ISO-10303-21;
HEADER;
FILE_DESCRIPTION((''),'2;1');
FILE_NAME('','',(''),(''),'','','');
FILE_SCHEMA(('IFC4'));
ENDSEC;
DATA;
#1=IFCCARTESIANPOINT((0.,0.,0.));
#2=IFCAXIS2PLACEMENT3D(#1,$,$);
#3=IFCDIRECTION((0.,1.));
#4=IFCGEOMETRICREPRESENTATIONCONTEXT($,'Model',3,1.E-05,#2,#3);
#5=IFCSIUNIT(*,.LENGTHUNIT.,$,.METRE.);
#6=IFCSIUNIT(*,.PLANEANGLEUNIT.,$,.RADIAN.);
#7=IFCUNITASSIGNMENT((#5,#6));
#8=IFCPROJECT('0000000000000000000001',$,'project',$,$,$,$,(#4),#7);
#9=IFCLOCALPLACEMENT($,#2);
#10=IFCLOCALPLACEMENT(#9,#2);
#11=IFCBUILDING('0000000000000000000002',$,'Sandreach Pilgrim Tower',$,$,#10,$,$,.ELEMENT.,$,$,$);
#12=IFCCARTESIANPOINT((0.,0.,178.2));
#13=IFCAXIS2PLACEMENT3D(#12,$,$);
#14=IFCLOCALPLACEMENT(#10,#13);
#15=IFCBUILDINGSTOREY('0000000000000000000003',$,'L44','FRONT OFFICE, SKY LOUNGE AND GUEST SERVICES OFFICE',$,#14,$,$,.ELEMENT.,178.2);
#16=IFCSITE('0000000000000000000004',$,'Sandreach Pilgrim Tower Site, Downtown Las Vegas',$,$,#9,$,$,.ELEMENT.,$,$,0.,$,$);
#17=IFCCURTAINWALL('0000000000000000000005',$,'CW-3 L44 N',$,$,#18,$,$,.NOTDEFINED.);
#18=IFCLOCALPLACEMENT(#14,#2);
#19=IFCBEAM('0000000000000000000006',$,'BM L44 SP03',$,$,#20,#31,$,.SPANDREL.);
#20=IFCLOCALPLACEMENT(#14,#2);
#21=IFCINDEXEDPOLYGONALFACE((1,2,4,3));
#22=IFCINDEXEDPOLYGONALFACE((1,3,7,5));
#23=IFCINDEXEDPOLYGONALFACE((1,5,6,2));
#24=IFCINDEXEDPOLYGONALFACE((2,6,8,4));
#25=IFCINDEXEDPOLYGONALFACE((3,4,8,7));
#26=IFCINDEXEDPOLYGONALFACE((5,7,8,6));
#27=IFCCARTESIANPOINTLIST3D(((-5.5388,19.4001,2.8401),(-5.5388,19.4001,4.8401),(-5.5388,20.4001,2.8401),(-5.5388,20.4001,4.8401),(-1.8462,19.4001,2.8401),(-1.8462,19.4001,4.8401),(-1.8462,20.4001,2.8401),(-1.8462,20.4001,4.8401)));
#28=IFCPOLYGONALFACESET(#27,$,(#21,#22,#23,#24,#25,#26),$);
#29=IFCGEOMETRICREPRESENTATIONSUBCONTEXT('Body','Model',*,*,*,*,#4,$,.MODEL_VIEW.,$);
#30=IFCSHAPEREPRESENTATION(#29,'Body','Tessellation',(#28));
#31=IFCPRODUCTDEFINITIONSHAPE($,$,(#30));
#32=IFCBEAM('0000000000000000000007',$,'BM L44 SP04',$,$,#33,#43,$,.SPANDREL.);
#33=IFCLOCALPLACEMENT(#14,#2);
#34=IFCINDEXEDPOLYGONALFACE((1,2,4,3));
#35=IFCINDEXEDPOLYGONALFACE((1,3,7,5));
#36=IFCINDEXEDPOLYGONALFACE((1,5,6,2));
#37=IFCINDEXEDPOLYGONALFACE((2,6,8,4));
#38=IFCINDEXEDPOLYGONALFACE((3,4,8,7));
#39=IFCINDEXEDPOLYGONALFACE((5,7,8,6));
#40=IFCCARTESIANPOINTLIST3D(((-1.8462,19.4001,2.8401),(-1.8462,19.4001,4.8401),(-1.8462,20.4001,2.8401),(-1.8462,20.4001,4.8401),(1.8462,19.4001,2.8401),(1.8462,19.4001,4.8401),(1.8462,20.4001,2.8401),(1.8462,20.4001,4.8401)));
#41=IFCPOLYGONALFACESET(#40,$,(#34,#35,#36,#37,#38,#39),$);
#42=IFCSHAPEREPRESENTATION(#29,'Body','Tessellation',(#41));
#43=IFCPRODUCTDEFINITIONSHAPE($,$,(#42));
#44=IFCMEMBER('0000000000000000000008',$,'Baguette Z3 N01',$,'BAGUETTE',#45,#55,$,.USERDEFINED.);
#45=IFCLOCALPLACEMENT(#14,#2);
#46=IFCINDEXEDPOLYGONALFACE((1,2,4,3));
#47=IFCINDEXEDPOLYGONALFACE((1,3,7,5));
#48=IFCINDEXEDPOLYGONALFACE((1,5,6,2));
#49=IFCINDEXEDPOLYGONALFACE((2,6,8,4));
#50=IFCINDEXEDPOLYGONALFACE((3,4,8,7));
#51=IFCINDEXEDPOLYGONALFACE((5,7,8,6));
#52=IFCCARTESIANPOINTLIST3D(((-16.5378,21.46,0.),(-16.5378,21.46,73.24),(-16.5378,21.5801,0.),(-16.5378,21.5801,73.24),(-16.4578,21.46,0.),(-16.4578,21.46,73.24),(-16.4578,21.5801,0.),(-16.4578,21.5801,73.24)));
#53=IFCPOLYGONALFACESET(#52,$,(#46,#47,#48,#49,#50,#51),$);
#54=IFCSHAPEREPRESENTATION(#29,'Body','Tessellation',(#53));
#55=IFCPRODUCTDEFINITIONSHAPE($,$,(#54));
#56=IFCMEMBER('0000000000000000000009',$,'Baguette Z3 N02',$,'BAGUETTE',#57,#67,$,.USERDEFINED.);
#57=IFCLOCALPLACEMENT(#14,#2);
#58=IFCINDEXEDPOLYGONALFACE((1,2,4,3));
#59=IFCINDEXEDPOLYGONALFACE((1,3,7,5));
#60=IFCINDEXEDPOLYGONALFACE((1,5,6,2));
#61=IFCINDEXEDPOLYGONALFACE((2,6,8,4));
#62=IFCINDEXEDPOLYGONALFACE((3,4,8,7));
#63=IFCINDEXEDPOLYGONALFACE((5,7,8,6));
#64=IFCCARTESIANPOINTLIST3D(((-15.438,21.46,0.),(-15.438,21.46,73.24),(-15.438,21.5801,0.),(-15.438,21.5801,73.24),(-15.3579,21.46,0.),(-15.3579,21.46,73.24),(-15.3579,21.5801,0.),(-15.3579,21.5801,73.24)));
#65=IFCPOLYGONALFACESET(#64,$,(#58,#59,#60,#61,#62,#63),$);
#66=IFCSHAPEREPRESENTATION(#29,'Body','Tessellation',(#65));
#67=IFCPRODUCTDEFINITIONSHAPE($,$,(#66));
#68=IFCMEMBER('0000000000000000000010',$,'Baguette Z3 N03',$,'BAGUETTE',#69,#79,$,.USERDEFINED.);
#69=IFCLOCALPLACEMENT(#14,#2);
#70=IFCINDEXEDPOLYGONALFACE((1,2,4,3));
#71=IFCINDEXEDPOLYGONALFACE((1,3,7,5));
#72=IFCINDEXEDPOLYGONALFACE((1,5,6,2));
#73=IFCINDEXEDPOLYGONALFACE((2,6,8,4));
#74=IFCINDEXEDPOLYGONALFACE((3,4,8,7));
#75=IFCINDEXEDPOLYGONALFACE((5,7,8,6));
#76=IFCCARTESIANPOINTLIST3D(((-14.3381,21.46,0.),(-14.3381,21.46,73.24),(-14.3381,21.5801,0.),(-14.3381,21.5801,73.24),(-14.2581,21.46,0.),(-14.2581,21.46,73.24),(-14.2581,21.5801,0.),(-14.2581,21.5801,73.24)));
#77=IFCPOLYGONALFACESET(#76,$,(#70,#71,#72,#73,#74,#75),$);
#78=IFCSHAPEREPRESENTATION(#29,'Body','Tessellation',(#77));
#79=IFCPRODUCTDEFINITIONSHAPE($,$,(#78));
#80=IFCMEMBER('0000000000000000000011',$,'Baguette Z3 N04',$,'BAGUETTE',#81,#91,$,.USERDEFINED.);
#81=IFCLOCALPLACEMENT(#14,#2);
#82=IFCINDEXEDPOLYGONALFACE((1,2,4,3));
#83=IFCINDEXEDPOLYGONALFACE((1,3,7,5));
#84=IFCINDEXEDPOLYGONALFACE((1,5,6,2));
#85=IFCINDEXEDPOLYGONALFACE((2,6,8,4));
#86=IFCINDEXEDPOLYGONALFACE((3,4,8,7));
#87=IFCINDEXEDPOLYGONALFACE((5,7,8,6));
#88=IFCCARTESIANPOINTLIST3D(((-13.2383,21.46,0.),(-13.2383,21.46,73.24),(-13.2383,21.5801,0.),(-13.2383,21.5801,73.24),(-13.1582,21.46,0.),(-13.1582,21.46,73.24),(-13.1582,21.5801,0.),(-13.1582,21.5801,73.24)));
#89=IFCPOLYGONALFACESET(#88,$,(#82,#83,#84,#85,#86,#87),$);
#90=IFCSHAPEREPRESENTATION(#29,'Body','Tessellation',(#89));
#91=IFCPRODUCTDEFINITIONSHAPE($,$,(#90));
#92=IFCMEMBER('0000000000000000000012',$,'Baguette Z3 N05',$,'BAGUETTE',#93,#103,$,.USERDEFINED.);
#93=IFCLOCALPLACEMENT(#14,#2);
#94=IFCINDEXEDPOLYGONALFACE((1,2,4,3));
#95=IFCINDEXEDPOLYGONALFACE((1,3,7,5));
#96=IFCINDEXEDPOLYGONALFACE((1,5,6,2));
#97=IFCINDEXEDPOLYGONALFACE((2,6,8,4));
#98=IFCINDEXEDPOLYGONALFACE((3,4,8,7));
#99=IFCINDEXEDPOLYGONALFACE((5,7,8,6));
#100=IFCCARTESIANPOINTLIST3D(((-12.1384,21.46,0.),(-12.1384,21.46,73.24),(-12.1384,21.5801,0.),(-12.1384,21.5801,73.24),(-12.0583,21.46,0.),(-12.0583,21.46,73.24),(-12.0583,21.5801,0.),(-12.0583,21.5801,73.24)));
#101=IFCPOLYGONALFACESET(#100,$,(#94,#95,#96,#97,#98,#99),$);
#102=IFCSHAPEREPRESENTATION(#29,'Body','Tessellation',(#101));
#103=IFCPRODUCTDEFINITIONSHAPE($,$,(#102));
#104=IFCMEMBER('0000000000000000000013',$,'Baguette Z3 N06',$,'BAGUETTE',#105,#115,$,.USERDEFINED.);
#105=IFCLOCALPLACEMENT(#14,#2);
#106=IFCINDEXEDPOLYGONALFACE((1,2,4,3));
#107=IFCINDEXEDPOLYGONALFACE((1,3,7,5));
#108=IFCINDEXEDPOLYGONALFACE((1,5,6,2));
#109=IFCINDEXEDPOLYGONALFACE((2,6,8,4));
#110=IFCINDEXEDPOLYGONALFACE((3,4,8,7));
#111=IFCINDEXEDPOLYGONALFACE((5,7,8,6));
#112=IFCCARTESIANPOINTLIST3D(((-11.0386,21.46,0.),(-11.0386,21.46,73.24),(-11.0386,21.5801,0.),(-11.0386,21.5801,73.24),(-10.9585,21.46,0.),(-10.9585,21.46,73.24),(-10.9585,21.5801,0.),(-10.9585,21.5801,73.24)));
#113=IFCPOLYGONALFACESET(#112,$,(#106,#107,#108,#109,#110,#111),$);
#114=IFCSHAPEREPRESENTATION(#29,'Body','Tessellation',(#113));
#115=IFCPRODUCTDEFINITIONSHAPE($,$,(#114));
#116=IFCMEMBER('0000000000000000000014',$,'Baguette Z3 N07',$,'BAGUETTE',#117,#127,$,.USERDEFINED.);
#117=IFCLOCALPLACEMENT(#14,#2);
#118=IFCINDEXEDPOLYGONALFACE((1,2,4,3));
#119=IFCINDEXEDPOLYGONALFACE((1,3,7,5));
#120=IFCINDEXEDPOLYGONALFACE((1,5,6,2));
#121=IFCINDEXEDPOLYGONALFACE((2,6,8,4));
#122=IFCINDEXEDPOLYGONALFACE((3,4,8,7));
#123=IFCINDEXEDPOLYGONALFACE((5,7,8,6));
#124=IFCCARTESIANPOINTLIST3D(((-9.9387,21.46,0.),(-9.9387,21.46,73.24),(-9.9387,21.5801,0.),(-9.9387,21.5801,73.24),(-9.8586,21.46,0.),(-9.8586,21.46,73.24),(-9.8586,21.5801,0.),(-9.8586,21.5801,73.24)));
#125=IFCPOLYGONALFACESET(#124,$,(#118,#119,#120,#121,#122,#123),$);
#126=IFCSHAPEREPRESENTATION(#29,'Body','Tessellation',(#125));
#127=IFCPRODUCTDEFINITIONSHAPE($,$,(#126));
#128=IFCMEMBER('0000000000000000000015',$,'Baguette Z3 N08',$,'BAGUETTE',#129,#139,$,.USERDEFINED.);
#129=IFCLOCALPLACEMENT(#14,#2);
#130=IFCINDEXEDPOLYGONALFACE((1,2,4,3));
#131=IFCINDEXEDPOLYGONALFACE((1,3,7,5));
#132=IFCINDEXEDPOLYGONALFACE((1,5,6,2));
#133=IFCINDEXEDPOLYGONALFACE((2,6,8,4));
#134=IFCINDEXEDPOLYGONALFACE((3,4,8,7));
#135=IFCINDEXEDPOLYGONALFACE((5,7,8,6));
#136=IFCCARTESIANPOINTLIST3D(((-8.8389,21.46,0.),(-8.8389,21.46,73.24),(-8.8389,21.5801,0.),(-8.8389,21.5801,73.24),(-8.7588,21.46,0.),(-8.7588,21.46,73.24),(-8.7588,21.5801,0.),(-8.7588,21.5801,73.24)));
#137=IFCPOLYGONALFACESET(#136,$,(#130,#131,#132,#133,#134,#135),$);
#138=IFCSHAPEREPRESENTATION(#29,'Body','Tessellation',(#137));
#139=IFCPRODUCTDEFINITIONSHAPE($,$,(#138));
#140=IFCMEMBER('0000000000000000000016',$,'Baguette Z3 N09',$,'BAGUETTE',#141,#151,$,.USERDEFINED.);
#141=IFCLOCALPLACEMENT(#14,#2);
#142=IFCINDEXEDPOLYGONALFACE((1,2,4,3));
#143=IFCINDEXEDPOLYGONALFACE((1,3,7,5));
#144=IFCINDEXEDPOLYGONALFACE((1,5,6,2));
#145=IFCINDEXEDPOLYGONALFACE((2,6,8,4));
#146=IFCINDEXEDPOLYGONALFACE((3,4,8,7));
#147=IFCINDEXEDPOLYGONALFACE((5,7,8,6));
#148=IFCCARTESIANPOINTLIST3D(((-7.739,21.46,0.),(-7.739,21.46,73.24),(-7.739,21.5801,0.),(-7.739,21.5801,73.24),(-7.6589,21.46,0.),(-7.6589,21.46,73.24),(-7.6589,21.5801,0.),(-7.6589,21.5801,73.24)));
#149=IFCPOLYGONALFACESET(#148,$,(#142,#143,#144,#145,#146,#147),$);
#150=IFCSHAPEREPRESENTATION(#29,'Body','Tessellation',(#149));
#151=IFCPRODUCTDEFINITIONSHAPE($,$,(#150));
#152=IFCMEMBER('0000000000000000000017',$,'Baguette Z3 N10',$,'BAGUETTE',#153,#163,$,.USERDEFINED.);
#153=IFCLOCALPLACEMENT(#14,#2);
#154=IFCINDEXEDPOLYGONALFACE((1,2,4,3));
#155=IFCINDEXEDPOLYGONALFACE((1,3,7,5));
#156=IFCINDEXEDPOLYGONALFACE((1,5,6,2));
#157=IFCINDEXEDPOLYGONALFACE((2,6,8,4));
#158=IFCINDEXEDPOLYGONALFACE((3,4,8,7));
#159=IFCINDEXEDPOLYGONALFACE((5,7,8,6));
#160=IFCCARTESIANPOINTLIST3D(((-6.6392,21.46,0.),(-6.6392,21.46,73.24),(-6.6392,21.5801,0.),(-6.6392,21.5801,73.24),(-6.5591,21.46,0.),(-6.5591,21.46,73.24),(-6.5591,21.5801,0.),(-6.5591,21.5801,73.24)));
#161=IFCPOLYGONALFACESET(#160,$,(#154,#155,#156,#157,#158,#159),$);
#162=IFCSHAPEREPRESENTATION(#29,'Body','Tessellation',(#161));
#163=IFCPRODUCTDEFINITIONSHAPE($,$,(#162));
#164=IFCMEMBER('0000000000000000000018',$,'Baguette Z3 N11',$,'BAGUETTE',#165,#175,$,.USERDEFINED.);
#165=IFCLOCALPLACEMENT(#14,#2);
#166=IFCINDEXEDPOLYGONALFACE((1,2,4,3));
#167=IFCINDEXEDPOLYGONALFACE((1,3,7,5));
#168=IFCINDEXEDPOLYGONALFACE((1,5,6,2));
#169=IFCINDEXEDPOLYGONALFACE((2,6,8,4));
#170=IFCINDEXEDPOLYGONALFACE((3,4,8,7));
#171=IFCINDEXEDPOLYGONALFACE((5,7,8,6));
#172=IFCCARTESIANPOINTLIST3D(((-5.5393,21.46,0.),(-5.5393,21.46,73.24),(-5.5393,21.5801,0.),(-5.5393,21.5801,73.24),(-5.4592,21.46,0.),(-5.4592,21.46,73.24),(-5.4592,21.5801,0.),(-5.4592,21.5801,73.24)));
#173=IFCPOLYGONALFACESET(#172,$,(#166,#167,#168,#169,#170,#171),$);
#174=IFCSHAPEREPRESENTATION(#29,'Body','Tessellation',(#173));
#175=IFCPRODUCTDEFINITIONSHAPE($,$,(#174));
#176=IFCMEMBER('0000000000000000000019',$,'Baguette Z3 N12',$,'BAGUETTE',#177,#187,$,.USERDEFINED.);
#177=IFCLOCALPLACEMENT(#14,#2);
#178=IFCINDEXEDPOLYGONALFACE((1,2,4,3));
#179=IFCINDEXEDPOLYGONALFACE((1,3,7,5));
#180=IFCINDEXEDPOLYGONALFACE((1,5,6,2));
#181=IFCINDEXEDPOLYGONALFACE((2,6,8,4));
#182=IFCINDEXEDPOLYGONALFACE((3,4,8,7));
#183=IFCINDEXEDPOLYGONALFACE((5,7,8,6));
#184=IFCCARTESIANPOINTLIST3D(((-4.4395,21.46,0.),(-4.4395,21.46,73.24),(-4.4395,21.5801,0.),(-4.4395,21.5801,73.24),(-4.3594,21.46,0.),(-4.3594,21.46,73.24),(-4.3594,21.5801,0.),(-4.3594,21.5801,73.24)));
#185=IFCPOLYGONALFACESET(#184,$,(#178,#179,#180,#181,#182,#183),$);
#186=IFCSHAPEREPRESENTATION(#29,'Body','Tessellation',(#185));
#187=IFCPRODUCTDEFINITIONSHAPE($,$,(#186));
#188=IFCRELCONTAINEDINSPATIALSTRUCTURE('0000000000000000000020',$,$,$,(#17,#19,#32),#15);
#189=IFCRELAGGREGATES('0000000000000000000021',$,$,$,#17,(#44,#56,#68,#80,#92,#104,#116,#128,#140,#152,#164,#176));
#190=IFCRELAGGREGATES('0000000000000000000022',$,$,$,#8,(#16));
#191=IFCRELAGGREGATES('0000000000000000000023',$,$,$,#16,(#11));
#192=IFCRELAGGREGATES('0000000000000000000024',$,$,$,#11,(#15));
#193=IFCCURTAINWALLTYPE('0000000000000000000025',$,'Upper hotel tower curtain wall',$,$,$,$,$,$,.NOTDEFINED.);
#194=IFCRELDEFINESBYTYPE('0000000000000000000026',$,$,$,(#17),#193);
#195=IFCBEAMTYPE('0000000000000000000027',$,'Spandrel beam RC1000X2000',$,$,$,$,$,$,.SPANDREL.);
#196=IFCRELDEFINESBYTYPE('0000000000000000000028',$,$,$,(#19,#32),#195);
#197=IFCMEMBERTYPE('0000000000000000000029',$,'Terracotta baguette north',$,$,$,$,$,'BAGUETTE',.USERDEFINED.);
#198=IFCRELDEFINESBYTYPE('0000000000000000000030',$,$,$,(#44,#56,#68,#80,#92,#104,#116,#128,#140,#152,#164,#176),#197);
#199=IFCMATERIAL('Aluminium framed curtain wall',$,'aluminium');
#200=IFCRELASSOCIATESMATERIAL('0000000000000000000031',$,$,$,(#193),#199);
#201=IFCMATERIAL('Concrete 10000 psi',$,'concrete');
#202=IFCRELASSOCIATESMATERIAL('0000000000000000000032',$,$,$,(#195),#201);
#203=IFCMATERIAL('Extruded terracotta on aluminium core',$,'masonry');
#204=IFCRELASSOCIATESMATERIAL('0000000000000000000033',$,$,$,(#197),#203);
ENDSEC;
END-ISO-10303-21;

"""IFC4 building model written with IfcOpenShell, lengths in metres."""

from ifc_helpers import new_model, si_unit, direction, frame, origin, origin_2d, place, context, subcontext, project, spatial, rectangle, extrude, material, material_profile, profile_set, type_object, element, aggregate, save


model = new_model("IFC4")

# Units and contexts
model_context = context("Model", 3, precision=1e-05, world=origin(), true_north=direction((0.0, 1.0)))
body_context = subcontext(model_context, "Body", "Model", "MODEL_VIEW")
ifc_project = project(units=[si_unit("LENGTHUNIT", "METRE"), si_unit("PLANEANGLEUNIT", "RADIAN")], contexts=[model_context])

# Site, building, storey
site_placement = place(None, origin())
site = spatial("IfcSite", under=ifc_project, at=site_placement, Name="Sandreach Pilgrim Tower Site, Downtown Las Vegas", CompositionType="ELEMENT", RefElevation=0.0)
building_placement = place(site_placement, origin())
building = spatial("IfcBuilding", under=site, at=building_placement, Name="Sandreach Pilgrim Tower", CompositionType="ELEMENT")
storey_placement = place(building_placement, frame((0.0, 0.0, 178.2)))
storey = spatial("IfcBuildingStorey", under=building, at=storey_placement, Name="L44", Description="FRONT OFFICE, SKY LOUNGE AND GUEST SERVICES OFFICE", CompositionType="ELEMENT", Elevation=178.2)

# Curtain wall
ifc_material_1 = material(Name="Aluminium framed curtain wall", Category="aluminium")
curtain_wall_type = type_object("IfcCurtainWallType", Name="Upper hotel tower curtain wall", PredefinedType="NOTDEFINED", material=ifc_material_1)
curtain_wall_placement = place(storey_placement, origin())
curtain_wall = element("IfcCurtainWall", 1, at=curtain_wall_placement, inside=storey, type_object=curtain_wall_type, Name="CW-3 L44 N", PredefinedType="NOTDEFINED")

# Beams
ifc_material_2 = material(Name="Concrete 10000 psi", Category="concrete")
ifc_material_profile_1 = material_profile(ifc_material_2, rectangle(XDim=1.0, YDim=2.0, at=origin_2d()), Name="RC1000X2000")
ifc_profile_set_1 = profile_set([ifc_material_profile_1], Name="Concrete 10000 psi")
beam_type_1 = type_object("IfcBeamType", Name="Spandrel beam RC1000X2000", PredefinedType="SPANDREL", material=ifc_profile_set_1)
beam_1_placement = place(storey_placement, frame((-5.5388, 19.9001, 3.8401), z_axis=(1.0, 0.0, 0.0), x_axis=(0.0, 1.0, 0.0)))
element("IfcBeam", 2, at=beam_1_placement, inside=storey, type_object=beam_type_1, Name="BM L44 SP03", PredefinedType="SPANDREL", context=body_context, shape_type="SweptSolid", body=[
    extrude(rectangle(XDim=1.0, YDim=2.0, at=origin_2d()), origin(), (0.0, 0.0, 1.0), 3.6926),
])
beam_2_placement = place(storey_placement, frame((-1.8462, 19.9001, 3.8401), z_axis=(1.0, 0.0, 0.0), x_axis=(0.0, 1.0, 0.0)))
element("IfcBeam", 3, at=beam_2_placement, inside=storey, type_object=beam_type_1, Name="BM L44 SP04", PredefinedType="SPANDREL", context=body_context, shape_type="SweptSolid", body=[
    extrude(rectangle(XDim=1.0, YDim=2.0, at=origin_2d()), origin(), (0.0, 0.0, 1.0), 3.6924),
])

# Members
ifc_material_3 = material(Name="Extruded terracotta on aluminium core", Category="masonry")
ifc_material_profile_2 = material_profile(ifc_material_3, rectangle(XDim=0.0801, YDim=0.1201, at=origin_2d()), Name="TBN 80X120")
ifc_profile_set_2 = profile_set([ifc_material_profile_2], Name="Extruded terracotta on aluminium core")
member_type_1 = type_object("IfcMemberType", Name="Terracotta baguette north", ElementType="BAGUETTE", PredefinedType="USERDEFINED", material=ifc_profile_set_2)
member_1_placement = place(storey_placement, frame((-16.4978, 21.52, 0.0), z_axis=(0.0, 0.0, 1.0), x_axis=(1.0, 0.0, 0.0)))
member_1 = element("IfcMember", 4, at=member_1_placement, type_object=member_type_1, Name="Baguette Z3 N01", ObjectType="BAGUETTE", PredefinedType="USERDEFINED", context=body_context, shape_type="SweptSolid", body=[
    extrude(rectangle(XDim=0.0801, YDim=0.1201, at=origin_2d()), origin(), (0.0, 0.0, 1.0), 73.24),
])
member_2_placement = place(storey_placement, frame((-15.3979, 21.52, 0.0), z_axis=(0.0, 0.0, 1.0), x_axis=(1.0, 0.0, 0.0)))
member_2 = element("IfcMember", 5, at=member_2_placement, type_object=member_type_1, Name="Baguette Z3 N02", ObjectType="BAGUETTE", PredefinedType="USERDEFINED", context=body_context, shape_type="SweptSolid", body=[
    extrude(rectangle(XDim=0.0801, YDim=0.1201, at=origin_2d()), origin(), (0.0, 0.0, 1.0), 73.24),
])
member_3_placement = place(storey_placement, frame((-14.2981, 21.52, 0.0), z_axis=(0.0, 0.0, 1.0), x_axis=(1.0, 0.0, 0.0)))
member_3 = element("IfcMember", 6, at=member_3_placement, type_object=member_type_1, Name="Baguette Z3 N03", ObjectType="BAGUETTE", PredefinedType="USERDEFINED", context=body_context, shape_type="SweptSolid", body=[
    extrude(rectangle(XDim=0.0801, YDim=0.1201, at=origin_2d()), origin(), (0.0, 0.0, 1.0), 73.24),
])
member_4_placement = place(storey_placement, frame((-13.1982, 21.52, 0.0), z_axis=(0.0, 0.0, 1.0), x_axis=(1.0, 0.0, 0.0)))
member_4 = element("IfcMember", 7, at=member_4_placement, type_object=member_type_1, Name="Baguette Z3 N04", ObjectType="BAGUETTE", PredefinedType="USERDEFINED", context=body_context, shape_type="SweptSolid", body=[
    extrude(rectangle(XDim=0.0801, YDim=0.1201, at=origin_2d()), origin(), (0.0, 0.0, 1.0), 73.24),
])
member_5_placement = place(storey_placement, frame((-12.0984, 21.52, 0.0), z_axis=(0.0, 0.0, 1.0), x_axis=(1.0, 0.0, 0.0)))
member_5 = element("IfcMember", 8, at=member_5_placement, type_object=member_type_1, Name="Baguette Z3 N05", ObjectType="BAGUETTE", PredefinedType="USERDEFINED", context=body_context, shape_type="SweptSolid", body=[
    extrude(rectangle(XDim=0.0801, YDim=0.1201, at=origin_2d()), origin(), (0.0, 0.0, 1.0), 73.24),
])
member_6_placement = place(storey_placement, frame((-10.9985, 21.52, 0.0), z_axis=(0.0, 0.0, 1.0), x_axis=(1.0, 0.0, 0.0)))
member_6 = element("IfcMember", 9, at=member_6_placement, type_object=member_type_1, Name="Baguette Z3 N06", ObjectType="BAGUETTE", PredefinedType="USERDEFINED", context=body_context, shape_type="SweptSolid", body=[
    extrude(rectangle(XDim=0.0801, YDim=0.1201, at=origin_2d()), origin(), (0.0, 0.0, 1.0), 73.24),
])
member_7_placement = place(storey_placement, frame((-9.8987, 21.52, 0.0), z_axis=(0.0, 0.0, 1.0), x_axis=(1.0, 0.0, 0.0)))
member_7 = element("IfcMember", 10, at=member_7_placement, type_object=member_type_1, Name="Baguette Z3 N07", ObjectType="BAGUETTE", PredefinedType="USERDEFINED", context=body_context, shape_type="SweptSolid", body=[
    extrude(rectangle(XDim=0.0801, YDim=0.1201, at=origin_2d()), origin(), (0.0, 0.0, 1.0), 73.24),
])
member_8_placement = place(storey_placement, frame((-8.7988, 21.52, 0.0), z_axis=(0.0, 0.0, 1.0), x_axis=(1.0, 0.0, 0.0)))
member_8 = element("IfcMember", 11, at=member_8_placement, type_object=member_type_1, Name="Baguette Z3 N08", ObjectType="BAGUETTE", PredefinedType="USERDEFINED", context=body_context, shape_type="SweptSolid", body=[
    extrude(rectangle(XDim=0.0801, YDim=0.1201, at=origin_2d()), origin(), (0.0, 0.0, 1.0), 73.24),
])
member_9_placement = place(storey_placement, frame((-7.699, 21.52, 0.0), z_axis=(0.0, 0.0, 1.0), x_axis=(1.0, 0.0, 0.0)))
member_9 = element("IfcMember", 12, at=member_9_placement, type_object=member_type_1, Name="Baguette Z3 N09", ObjectType="BAGUETTE", PredefinedType="USERDEFINED", context=body_context, shape_type="SweptSolid", body=[
    extrude(rectangle(XDim=0.0801, YDim=0.1201, at=origin_2d()), origin(), (0.0, 0.0, 1.0), 73.24),
])
member_10_placement = place(storey_placement, frame((-6.5991, 21.52, 0.0), z_axis=(0.0, 0.0, 1.0), x_axis=(1.0, 0.0, 0.0)))
member_10 = element("IfcMember", 13, at=member_10_placement, type_object=member_type_1, Name="Baguette Z3 N10", ObjectType="BAGUETTE", PredefinedType="USERDEFINED", context=body_context, shape_type="SweptSolid", body=[
    extrude(rectangle(XDim=0.0801, YDim=0.1201, at=origin_2d()), origin(), (0.0, 0.0, 1.0), 73.24),
])
member_11_placement = place(storey_placement, frame((-5.4993, 21.52, 0.0), z_axis=(0.0, 0.0, 1.0), x_axis=(1.0, 0.0, 0.0)))
member_11 = element("IfcMember", 14, at=member_11_placement, type_object=member_type_1, Name="Baguette Z3 N11", ObjectType="BAGUETTE", PredefinedType="USERDEFINED", context=body_context, shape_type="SweptSolid", body=[
    extrude(rectangle(XDim=0.0801, YDim=0.1201, at=origin_2d()), origin(), (0.0, 0.0, 1.0), 73.24),
])
member_12_placement = place(storey_placement, frame((-4.3994, 21.52, 0.0), z_axis=(0.0, 0.0, 1.0), x_axis=(1.0, 0.0, 0.0)))
member_12 = element("IfcMember", 15, at=member_12_placement, type_object=member_type_1, Name="Baguette Z3 N12", ObjectType="BAGUETTE", PredefinedType="USERDEFINED", context=body_context, shape_type="SweptSolid", body=[
    extrude(rectangle(XDim=0.0801, YDim=0.1201, at=origin_2d()), origin(), (0.0, 0.0, 1.0), 73.24),
])

aggregate(curtain_wall, [member_1, member_2, member_3, member_4, member_5, member_6, member_7, member_8, member_9, member_10, member_11, member_12])

save(model, "model.ifc")
